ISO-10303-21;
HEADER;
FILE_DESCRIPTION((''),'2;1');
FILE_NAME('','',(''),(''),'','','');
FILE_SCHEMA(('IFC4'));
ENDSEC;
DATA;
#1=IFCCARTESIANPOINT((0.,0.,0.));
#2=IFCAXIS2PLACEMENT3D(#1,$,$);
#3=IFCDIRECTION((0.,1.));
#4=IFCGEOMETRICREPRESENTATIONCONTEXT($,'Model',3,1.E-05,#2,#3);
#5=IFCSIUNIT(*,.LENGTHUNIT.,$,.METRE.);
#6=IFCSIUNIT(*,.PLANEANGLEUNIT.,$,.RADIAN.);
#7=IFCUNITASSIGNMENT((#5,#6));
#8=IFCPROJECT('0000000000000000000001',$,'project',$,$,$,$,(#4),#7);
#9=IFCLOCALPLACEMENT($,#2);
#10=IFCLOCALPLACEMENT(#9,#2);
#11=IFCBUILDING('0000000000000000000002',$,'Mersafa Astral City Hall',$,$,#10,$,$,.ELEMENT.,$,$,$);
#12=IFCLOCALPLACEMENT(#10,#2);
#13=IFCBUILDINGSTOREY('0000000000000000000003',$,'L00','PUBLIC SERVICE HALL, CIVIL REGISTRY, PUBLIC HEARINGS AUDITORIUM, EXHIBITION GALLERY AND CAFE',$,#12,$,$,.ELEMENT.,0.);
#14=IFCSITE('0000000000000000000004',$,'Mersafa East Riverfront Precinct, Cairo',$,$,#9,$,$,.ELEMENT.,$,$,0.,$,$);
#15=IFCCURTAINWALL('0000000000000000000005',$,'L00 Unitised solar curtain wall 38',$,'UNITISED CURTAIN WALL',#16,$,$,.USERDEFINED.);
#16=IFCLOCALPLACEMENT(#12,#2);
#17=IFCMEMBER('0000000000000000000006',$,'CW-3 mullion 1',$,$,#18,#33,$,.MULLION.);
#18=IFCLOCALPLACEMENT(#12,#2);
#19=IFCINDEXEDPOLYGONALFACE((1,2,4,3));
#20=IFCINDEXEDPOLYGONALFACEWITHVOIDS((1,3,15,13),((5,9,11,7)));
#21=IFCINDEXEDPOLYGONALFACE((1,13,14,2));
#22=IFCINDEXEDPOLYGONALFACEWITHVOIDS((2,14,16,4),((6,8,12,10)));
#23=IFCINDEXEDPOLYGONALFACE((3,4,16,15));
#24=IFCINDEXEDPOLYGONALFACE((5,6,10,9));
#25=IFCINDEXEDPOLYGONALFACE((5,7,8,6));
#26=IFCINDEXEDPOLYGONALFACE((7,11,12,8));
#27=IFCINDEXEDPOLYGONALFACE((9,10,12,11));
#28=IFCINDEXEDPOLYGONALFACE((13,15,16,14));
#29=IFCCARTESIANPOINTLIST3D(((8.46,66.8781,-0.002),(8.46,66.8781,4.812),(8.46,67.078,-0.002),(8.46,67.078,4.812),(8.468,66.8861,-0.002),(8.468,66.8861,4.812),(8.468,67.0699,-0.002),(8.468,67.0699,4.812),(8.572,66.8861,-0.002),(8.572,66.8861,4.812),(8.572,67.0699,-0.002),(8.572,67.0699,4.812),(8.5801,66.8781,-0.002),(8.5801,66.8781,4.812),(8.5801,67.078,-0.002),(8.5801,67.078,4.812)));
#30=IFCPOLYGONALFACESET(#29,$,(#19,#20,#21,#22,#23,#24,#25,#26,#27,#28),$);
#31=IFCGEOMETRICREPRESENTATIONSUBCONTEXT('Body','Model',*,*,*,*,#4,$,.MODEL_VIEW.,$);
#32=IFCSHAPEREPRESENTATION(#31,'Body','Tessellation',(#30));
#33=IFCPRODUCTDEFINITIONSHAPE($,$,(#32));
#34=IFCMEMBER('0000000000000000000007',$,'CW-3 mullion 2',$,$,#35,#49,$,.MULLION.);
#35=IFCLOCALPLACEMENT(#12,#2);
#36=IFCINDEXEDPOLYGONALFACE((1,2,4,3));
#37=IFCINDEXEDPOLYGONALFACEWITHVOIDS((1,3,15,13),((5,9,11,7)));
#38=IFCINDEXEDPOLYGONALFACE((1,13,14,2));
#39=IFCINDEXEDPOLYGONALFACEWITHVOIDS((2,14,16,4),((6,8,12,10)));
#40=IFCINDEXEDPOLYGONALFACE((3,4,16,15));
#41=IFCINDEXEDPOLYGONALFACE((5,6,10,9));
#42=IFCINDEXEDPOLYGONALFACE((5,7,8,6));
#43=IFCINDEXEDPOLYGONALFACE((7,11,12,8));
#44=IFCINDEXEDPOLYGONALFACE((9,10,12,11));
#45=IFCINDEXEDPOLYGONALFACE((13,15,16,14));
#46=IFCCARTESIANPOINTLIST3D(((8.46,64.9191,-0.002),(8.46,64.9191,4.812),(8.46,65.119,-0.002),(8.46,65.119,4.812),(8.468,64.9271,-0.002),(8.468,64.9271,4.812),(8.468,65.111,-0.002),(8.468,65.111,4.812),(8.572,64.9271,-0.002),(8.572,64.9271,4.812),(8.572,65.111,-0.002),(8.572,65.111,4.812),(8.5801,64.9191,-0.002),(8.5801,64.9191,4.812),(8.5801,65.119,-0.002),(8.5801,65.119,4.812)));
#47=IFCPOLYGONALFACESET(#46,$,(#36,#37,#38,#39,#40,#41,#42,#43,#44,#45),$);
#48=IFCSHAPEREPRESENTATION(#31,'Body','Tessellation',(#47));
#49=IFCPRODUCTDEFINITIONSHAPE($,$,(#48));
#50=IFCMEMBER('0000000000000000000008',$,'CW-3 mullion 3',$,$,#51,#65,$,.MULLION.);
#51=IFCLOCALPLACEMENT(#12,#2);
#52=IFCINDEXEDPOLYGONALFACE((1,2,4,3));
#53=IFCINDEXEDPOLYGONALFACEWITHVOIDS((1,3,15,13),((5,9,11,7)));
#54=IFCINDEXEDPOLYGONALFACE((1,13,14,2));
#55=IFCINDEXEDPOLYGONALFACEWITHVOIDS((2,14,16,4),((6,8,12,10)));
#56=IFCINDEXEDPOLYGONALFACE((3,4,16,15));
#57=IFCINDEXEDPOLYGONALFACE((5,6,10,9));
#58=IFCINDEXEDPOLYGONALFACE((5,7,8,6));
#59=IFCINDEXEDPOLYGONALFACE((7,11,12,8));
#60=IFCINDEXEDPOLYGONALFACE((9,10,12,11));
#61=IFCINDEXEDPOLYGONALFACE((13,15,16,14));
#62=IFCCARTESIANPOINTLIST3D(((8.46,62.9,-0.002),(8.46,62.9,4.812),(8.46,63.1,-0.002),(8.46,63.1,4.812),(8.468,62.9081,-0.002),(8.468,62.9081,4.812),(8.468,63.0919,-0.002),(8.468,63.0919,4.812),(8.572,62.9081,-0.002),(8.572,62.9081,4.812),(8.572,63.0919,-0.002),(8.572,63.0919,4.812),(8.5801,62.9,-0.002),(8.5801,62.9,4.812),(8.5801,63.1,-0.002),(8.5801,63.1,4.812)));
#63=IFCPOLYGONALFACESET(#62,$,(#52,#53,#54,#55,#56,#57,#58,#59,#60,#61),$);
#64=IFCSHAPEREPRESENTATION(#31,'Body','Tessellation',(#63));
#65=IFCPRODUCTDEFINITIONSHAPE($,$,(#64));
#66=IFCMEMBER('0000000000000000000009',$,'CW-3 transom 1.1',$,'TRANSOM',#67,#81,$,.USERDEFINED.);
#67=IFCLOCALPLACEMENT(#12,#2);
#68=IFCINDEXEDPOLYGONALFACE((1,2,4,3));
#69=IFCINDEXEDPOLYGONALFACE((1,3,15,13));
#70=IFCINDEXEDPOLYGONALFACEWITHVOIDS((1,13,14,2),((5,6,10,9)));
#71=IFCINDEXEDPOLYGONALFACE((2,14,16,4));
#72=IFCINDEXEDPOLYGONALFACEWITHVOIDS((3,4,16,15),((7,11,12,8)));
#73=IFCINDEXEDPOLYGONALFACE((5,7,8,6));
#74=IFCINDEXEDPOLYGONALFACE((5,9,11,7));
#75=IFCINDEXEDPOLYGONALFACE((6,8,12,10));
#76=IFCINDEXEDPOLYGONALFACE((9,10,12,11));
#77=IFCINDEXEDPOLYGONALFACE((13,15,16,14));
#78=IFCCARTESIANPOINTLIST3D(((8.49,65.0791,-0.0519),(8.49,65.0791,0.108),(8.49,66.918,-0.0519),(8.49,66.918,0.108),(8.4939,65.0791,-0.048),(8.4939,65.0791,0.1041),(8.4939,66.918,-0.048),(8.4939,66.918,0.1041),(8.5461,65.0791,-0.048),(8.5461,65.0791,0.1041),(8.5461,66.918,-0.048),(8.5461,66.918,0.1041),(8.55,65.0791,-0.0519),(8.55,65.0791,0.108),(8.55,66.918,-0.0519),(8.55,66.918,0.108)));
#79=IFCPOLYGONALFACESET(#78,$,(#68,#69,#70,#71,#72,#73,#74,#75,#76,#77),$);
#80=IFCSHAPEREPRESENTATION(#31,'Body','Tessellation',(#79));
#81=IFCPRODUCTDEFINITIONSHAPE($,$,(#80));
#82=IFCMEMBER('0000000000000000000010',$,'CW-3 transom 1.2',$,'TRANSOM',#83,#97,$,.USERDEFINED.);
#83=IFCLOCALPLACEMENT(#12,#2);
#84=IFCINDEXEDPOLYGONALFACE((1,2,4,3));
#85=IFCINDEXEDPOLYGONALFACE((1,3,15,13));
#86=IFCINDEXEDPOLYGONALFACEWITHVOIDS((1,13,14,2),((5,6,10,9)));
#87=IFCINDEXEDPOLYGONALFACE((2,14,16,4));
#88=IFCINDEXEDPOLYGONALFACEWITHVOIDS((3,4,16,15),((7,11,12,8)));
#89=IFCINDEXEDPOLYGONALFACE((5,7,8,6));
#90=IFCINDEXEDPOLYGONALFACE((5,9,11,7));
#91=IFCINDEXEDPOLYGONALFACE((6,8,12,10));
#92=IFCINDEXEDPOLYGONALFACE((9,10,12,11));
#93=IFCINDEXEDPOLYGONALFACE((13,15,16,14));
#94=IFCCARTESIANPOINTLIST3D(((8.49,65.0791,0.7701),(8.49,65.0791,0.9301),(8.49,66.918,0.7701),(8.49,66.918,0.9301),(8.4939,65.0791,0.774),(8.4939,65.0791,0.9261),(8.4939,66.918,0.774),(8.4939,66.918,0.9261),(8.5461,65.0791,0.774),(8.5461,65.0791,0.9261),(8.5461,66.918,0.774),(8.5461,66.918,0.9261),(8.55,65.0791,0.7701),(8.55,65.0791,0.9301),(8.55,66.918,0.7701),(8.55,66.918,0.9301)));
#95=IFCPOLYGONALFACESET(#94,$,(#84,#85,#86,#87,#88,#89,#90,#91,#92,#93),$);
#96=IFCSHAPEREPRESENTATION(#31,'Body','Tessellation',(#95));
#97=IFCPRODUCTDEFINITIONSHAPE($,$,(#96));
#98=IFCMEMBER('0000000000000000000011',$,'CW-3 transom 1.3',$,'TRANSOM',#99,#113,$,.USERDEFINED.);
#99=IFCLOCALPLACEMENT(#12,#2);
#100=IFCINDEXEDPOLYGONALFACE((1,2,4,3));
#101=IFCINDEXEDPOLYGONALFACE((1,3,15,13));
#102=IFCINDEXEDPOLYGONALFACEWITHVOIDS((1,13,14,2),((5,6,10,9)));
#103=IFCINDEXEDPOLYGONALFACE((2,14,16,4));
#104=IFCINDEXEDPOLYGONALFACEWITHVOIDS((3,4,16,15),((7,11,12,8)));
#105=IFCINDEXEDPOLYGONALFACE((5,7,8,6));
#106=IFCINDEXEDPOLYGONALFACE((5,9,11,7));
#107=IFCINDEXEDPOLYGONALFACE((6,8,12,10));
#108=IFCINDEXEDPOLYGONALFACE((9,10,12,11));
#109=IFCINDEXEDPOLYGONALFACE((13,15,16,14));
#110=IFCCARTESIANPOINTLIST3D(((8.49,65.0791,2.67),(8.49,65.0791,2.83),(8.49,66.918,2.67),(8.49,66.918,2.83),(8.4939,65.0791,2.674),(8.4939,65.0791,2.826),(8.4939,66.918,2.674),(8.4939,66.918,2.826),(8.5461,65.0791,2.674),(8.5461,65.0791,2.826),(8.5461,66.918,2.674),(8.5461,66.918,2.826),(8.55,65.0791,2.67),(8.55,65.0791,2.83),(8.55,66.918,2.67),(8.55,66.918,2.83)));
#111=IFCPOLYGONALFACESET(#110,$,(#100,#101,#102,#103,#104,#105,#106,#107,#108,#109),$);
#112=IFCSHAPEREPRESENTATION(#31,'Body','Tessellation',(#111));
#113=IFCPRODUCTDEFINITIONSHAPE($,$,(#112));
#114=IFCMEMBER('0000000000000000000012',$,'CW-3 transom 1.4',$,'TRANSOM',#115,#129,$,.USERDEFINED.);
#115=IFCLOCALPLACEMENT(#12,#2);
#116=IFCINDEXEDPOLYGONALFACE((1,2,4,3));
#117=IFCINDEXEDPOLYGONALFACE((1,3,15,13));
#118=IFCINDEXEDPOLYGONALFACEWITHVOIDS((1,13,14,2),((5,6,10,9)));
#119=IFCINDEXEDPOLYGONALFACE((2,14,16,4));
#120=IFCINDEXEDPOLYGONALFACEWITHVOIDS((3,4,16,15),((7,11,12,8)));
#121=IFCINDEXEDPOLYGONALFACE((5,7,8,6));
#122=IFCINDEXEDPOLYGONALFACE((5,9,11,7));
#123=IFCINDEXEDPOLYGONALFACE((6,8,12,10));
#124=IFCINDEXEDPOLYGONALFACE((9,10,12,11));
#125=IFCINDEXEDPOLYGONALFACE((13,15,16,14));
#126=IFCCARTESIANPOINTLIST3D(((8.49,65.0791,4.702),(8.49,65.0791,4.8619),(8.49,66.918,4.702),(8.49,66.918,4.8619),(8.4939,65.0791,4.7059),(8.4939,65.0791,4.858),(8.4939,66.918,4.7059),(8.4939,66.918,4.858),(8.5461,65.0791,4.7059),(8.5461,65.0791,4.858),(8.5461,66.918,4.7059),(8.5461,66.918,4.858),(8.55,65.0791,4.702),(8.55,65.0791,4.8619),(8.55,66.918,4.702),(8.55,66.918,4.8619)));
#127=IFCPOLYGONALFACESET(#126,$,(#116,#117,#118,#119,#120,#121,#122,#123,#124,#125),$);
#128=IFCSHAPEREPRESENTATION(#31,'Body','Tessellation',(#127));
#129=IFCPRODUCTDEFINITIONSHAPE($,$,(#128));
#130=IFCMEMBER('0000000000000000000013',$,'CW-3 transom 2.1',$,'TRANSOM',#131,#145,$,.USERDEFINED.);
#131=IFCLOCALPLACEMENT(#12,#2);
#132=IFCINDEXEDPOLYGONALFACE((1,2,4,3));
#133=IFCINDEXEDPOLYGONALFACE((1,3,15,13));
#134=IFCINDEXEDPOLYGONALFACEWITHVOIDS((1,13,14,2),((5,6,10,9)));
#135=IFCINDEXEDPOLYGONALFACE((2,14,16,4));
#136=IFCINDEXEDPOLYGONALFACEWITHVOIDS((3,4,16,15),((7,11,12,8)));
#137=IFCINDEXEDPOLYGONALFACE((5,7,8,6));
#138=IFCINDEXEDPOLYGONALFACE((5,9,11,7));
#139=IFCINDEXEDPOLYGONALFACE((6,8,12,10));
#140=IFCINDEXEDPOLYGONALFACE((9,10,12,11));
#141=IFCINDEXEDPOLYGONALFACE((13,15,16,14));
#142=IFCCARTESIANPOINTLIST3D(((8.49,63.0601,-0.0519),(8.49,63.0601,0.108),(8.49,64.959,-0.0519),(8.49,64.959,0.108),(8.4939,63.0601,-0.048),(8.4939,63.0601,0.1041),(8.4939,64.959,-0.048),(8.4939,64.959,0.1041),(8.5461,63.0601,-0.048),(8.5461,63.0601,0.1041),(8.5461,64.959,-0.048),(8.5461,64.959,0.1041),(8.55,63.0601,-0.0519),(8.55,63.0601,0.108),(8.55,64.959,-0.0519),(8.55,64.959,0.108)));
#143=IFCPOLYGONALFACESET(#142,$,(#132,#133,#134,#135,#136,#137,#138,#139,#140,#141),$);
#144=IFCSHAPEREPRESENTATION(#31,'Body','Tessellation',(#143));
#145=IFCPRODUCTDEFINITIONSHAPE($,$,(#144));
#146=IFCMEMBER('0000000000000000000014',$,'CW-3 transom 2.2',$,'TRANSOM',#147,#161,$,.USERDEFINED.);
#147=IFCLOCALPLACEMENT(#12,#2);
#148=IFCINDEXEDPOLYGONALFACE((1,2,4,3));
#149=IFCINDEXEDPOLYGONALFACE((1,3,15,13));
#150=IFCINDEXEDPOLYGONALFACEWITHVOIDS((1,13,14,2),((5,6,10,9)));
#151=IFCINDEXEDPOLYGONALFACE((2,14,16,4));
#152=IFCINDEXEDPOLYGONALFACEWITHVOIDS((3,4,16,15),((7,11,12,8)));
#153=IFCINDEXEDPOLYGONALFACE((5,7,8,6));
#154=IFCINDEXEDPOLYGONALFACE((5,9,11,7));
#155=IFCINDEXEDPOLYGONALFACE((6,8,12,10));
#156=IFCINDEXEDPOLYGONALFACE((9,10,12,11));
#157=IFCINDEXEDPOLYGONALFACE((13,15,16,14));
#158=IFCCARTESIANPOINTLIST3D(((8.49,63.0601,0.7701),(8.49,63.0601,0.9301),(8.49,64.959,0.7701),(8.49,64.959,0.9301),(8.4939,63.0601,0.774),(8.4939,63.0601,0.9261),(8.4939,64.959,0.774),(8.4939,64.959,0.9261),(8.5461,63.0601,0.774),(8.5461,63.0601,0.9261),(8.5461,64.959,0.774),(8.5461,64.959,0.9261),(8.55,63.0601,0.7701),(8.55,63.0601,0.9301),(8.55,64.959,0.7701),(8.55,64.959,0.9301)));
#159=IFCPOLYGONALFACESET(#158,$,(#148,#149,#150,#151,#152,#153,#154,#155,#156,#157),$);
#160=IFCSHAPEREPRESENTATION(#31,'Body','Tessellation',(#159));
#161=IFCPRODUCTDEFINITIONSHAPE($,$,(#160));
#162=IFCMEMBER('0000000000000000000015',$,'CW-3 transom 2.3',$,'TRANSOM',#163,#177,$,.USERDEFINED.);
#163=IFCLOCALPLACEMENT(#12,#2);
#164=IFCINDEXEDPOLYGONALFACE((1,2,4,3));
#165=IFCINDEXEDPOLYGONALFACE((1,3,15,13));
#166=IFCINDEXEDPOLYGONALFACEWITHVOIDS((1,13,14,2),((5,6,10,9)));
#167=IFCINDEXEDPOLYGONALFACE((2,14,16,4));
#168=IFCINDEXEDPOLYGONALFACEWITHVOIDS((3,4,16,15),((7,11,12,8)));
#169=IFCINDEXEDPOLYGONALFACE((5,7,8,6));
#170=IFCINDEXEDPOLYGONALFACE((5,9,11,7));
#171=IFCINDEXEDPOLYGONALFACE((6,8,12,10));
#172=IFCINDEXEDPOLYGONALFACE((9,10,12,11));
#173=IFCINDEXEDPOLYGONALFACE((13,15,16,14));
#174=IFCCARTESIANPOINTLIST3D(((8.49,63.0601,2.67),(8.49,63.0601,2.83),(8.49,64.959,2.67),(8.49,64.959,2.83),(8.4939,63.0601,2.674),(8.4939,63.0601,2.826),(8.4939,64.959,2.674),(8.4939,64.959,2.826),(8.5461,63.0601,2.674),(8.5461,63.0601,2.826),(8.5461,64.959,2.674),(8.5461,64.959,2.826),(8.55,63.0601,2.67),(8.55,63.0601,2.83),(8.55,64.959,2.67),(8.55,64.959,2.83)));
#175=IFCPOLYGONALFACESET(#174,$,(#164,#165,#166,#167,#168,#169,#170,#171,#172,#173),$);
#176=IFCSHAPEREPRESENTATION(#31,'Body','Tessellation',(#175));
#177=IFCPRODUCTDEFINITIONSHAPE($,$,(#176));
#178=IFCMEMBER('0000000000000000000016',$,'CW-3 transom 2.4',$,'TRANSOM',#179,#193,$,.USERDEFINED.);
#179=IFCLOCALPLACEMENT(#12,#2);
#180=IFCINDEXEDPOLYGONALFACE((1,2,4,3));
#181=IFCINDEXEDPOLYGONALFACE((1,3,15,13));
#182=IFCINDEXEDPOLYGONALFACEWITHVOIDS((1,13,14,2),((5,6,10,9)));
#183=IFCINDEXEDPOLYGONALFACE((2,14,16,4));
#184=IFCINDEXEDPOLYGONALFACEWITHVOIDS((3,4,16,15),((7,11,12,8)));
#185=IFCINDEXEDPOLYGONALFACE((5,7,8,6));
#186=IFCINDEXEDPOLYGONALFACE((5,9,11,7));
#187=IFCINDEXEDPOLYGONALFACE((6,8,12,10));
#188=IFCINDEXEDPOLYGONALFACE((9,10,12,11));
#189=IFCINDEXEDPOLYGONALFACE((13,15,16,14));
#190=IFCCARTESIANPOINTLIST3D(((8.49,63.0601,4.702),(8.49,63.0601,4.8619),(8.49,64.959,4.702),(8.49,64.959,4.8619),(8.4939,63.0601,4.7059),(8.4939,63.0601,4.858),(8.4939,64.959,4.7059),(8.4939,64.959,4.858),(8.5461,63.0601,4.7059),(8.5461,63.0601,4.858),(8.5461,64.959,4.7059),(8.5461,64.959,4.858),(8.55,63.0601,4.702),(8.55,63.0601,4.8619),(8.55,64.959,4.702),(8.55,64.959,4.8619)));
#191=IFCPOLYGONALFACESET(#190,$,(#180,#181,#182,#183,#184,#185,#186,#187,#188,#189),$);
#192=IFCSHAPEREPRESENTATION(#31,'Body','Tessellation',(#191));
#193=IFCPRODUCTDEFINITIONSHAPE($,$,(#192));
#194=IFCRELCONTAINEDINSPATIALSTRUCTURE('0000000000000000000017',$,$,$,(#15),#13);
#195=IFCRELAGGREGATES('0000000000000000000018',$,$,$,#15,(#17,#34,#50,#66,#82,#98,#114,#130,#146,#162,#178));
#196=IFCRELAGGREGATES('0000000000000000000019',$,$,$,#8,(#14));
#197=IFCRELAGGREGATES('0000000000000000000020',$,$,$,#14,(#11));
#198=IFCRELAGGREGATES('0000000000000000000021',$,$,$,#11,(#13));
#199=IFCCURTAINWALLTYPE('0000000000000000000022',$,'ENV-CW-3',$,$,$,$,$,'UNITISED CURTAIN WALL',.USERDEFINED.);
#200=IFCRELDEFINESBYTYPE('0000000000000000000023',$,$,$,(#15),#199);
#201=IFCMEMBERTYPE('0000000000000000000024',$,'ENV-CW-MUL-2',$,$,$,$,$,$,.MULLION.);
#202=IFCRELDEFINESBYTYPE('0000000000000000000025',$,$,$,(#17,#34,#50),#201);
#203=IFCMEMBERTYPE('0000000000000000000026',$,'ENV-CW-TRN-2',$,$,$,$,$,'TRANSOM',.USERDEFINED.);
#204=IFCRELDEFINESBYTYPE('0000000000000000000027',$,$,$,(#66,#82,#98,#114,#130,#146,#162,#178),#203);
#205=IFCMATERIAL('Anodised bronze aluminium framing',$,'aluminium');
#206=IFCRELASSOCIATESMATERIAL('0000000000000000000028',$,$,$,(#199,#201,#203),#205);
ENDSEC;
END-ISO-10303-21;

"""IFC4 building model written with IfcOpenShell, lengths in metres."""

from ifc_helpers import new_model, si_unit, direction, frame, origin, origin_2d, place, context, subcontext, project, spatial, hollow_rectangle, extrude, material, material_profile, profile_set, type_object, element, aggregate, save


model = new_model("IFC4")

# Units and contexts
model_context = context("Model", 3, precision=1e-05, world=origin(), true_north=direction((0.0, 1.0)))
body_context = subcontext(model_context, "Body", "Model", "MODEL_VIEW")
ifc_project = project(units=[si_unit("LENGTHUNIT", "METRE"), si_unit("PLANEANGLEUNIT", "RADIAN")], contexts=[model_context])

# Site, building, storey
site_placement = place(None, origin())
site = spatial("IfcSite", under=ifc_project, at=site_placement, Name="Mersafa East Riverfront Precinct, Cairo", CompositionType="ELEMENT", RefElevation=0.0)
building_placement = place(site_placement, origin())
building = spatial("IfcBuilding", under=site, at=building_placement, Name="Mersafa Astral City Hall", CompositionType="ELEMENT")
storey_placement = place(building_placement, origin())
storey = spatial("IfcBuildingStorey", under=building, at=storey_placement, Name="L00", Description="PUBLIC SERVICE HALL, CIVIL REGISTRY, PUBLIC HEARINGS AUDITORIUM, EXHIBITION GALLERY AND CAFE", CompositionType="ELEMENT", Elevation=0.0)

# Curtain wall, members
ifc_material_1 = material(Name="Anodised bronze aluminium framing", Category="aluminium")
curtain_wall_type = type_object("IfcCurtainWallType", Name="ENV-CW-3", ElementType="UNITISED CURTAIN WALL", PredefinedType="USERDEFINED", material=ifc_material_1)
curtain_wall_placement = place(storey_placement, origin())
curtain_wall = element("IfcCurtainWall", 1, at=curtain_wall_placement, inside=storey, type_object=curtain_wall_type, Name="L00 Unitised solar curtain wall 38", ObjectType="UNITISED CURTAIN WALL", PredefinedType="USERDEFINED")
ifc_material_profile_1 = material_profile(ifc_material_1, hollow_rectangle(XDim=0.1201, YDim=0.2, WallThickness=0.0081, at=origin_2d()), Name="RHS 120x200x8")
ifc_profile_set_1 = profile_set([ifc_material_profile_1], Name="Anodised bronze aluminium framing")
member_type_1 = type_object("IfcMemberType", Name="ENV-CW-MUL-2", PredefinedType="MULLION", material=ifc_profile_set_1)
member_1_placement = place(storey_placement, frame((8.52, 66.978, -0.002), z_axis=(0.0, 0.0, 1.0), x_axis=(1.0, 0.0, 0.0)))
member_1 = element("IfcMember", 2, at=member_1_placement, type_object=member_type_1, Name="CW-3 mullion 1", PredefinedType="MULLION", context=body_context, shape_type="SweptSolid", body=[
    extrude(hollow_rectangle(XDim=0.1201, YDim=0.2, WallThickness=0.0081, at=origin_2d()), origin(), (0.0, 0.0, 1.0), 4.814),
])
member_2_placement = place(storey_placement, frame((8.52, 65.019, -0.002), z_axis=(0.0, 0.0, 1.0), x_axis=(1.0, 0.0, 0.0)))
member_2 = element("IfcMember", 3, at=member_2_placement, type_object=member_type_1, Name="CW-3 mullion 2", PredefinedType="MULLION", context=body_context, shape_type="SweptSolid", body=[
    extrude(hollow_rectangle(XDim=0.1201, YDim=0.2, WallThickness=0.0081, at=origin_2d()), origin(), (0.0, 0.0, 1.0), 4.814),
])
member_3_placement = place(storey_placement, frame((8.52, 63.0, -0.002), z_axis=(0.0, 0.0, 1.0), x_axis=(1.0, 0.0, 0.0)))
member_3 = element("IfcMember", 4, at=member_3_placement, type_object=member_type_1, Name="CW-3 mullion 3", PredefinedType="MULLION", context=body_context, shape_type="SweptSolid", body=[
    extrude(hollow_rectangle(XDim=0.1201, YDim=0.2, WallThickness=0.0081, at=origin_2d()), origin(), (0.0, 0.0, 1.0), 4.814),
])
ifc_material_profile_2 = material_profile(ifc_material_1, hollow_rectangle(XDim=0.0601, YDim=0.1599, WallThickness=0.0039, at=origin_2d()), Name="RHS 60x160x4")
ifc_profile_set_2 = profile_set([ifc_material_profile_2], Name="Anodised bronze aluminium framing")
member_type_2 = type_object("IfcMemberType", Name="ENV-CW-TRN-2", ElementType="TRANSOM", PredefinedType="USERDEFINED", material=ifc_profile_set_2)
member_4_placement = place(storey_placement, frame((8.52, 66.918, 0.0281), z_axis=(0.0, -1.0, 0.0), x_axis=(1.0, 0.0, 0.0)))
member_4 = element("IfcMember", 5, at=member_4_placement, type_object=member_type_2, Name="CW-3 transom 1.1", ObjectType="TRANSOM", PredefinedType="USERDEFINED", context=body_context, shape_type="SweptSolid", body=[
    extrude(hollow_rectangle(XDim=0.0601, YDim=0.1599, WallThickness=0.0039, at=origin_2d()), origin(), (0.0, 0.0, 1.0), 1.8389),
])
member_5_placement = place(storey_placement, frame((8.52, 66.918, 0.8501), z_axis=(0.0, -1.0, 0.0), x_axis=(1.0, 0.0, 0.0)))
member_5 = element("IfcMember", 6, at=member_5_placement, type_object=member_type_2, Name="CW-3 transom 1.2", ObjectType="TRANSOM", PredefinedType="USERDEFINED", context=body_context, shape_type="SweptSolid", body=[
    extrude(hollow_rectangle(XDim=0.0601, YDim=0.1599, WallThickness=0.0039, at=origin_2d()), origin(), (0.0, 0.0, 1.0), 1.8389),
])
member_6_placement = place(storey_placement, frame((8.52, 66.918, 2.75), z_axis=(0.0, -1.0, 0.0), x_axis=(1.0, 0.0, 0.0)))
member_6 = element("IfcMember", 7, at=member_6_placement, type_object=member_type_2, Name="CW-3 transom 1.3", ObjectType="TRANSOM", PredefinedType="USERDEFINED", context=body_context, shape_type="SweptSolid", body=[
    extrude(hollow_rectangle(XDim=0.0601, YDim=0.1599, WallThickness=0.0039, at=origin_2d()), origin(), (0.0, 0.0, 1.0), 1.8389),
])
member_7_placement = place(storey_placement, frame((8.52, 66.918, 4.782), z_axis=(0.0, -1.0, 0.0), x_axis=(1.0, 0.0, 0.0)))
member_7 = element("IfcMember", 8, at=member_7_placement, type_object=member_type_2, Name="CW-3 transom 1.4", ObjectType="TRANSOM", PredefinedType="USERDEFINED", context=body_context, shape_type="SweptSolid", body=[
    extrude(hollow_rectangle(XDim=0.0601, YDim=0.1599, WallThickness=0.0039, at=origin_2d()), origin(), (0.0, 0.0, 1.0), 1.8389),
])
member_8_placement = place(storey_placement, frame((8.52, 64.959, 0.0281), z_axis=(0.0, -1.0, 0.0), x_axis=(1.0, 0.0, 0.0)))
member_8 = element("IfcMember", 9, at=member_8_placement, type_object=member_type_2, Name="CW-3 transom 2.1", ObjectType="TRANSOM", PredefinedType="USERDEFINED", context=body_context, shape_type="SweptSolid", body=[
    extrude(hollow_rectangle(XDim=0.0601, YDim=0.1599, WallThickness=0.0039, at=origin_2d()), origin(), (0.0, 0.0, 1.0), 1.8989),
])
member_9_placement = place(storey_placement, frame((8.52, 64.959, 0.8501), z_axis=(0.0, -1.0, 0.0), x_axis=(1.0, 0.0, 0.0)))
member_9 = element("IfcMember", 10, at=member_9_placement, type_object=member_type_2, Name="CW-3 transom 2.2", ObjectType="TRANSOM", PredefinedType="USERDEFINED", context=body_context, shape_type="SweptSolid", body=[
    extrude(hollow_rectangle(XDim=0.0601, YDim=0.1599, WallThickness=0.0039, at=origin_2d()), origin(), (0.0, 0.0, 1.0), 1.8989),
])
member_10_placement = place(storey_placement, frame((8.52, 64.959, 2.75), z_axis=(0.0, -1.0, 0.0), x_axis=(1.0, 0.0, 0.0)))
member_10 = element("IfcMember", 11, at=member_10_placement, type_object=member_type_2, Name="CW-3 transom 2.3", ObjectType="TRANSOM", PredefinedType="USERDEFINED", context=body_context, shape_type="SweptSolid", body=[
    extrude(hollow_rectangle(XDim=0.0601, YDim=0.1599, WallThickness=0.0039, at=origin_2d()), origin(), (0.0, 0.0, 1.0), 1.8989),
])
member_11_placement = place(storey_placement, frame((8.52, 64.959, 4.782), z_axis=(0.0, -1.0, 0.0), x_axis=(1.0, 0.0, 0.0)))
member_11 = element("IfcMember", 12, at=member_11_placement, type_object=member_type_2, Name="CW-3 transom 2.4", ObjectType="TRANSOM", PredefinedType="USERDEFINED", context=body_context, shape_type="SweptSolid", body=[
    extrude(hollow_rectangle(XDim=0.0601, YDim=0.1599, WallThickness=0.0039, at=origin_2d()), origin(), (0.0, 0.0, 1.0), 1.8989),
])

aggregate(curtain_wall, [member_1, member_2, member_3, member_4, member_5, member_6, member_7, member_8, member_9, member_10, member_11])

save(model, "model.ifc")
